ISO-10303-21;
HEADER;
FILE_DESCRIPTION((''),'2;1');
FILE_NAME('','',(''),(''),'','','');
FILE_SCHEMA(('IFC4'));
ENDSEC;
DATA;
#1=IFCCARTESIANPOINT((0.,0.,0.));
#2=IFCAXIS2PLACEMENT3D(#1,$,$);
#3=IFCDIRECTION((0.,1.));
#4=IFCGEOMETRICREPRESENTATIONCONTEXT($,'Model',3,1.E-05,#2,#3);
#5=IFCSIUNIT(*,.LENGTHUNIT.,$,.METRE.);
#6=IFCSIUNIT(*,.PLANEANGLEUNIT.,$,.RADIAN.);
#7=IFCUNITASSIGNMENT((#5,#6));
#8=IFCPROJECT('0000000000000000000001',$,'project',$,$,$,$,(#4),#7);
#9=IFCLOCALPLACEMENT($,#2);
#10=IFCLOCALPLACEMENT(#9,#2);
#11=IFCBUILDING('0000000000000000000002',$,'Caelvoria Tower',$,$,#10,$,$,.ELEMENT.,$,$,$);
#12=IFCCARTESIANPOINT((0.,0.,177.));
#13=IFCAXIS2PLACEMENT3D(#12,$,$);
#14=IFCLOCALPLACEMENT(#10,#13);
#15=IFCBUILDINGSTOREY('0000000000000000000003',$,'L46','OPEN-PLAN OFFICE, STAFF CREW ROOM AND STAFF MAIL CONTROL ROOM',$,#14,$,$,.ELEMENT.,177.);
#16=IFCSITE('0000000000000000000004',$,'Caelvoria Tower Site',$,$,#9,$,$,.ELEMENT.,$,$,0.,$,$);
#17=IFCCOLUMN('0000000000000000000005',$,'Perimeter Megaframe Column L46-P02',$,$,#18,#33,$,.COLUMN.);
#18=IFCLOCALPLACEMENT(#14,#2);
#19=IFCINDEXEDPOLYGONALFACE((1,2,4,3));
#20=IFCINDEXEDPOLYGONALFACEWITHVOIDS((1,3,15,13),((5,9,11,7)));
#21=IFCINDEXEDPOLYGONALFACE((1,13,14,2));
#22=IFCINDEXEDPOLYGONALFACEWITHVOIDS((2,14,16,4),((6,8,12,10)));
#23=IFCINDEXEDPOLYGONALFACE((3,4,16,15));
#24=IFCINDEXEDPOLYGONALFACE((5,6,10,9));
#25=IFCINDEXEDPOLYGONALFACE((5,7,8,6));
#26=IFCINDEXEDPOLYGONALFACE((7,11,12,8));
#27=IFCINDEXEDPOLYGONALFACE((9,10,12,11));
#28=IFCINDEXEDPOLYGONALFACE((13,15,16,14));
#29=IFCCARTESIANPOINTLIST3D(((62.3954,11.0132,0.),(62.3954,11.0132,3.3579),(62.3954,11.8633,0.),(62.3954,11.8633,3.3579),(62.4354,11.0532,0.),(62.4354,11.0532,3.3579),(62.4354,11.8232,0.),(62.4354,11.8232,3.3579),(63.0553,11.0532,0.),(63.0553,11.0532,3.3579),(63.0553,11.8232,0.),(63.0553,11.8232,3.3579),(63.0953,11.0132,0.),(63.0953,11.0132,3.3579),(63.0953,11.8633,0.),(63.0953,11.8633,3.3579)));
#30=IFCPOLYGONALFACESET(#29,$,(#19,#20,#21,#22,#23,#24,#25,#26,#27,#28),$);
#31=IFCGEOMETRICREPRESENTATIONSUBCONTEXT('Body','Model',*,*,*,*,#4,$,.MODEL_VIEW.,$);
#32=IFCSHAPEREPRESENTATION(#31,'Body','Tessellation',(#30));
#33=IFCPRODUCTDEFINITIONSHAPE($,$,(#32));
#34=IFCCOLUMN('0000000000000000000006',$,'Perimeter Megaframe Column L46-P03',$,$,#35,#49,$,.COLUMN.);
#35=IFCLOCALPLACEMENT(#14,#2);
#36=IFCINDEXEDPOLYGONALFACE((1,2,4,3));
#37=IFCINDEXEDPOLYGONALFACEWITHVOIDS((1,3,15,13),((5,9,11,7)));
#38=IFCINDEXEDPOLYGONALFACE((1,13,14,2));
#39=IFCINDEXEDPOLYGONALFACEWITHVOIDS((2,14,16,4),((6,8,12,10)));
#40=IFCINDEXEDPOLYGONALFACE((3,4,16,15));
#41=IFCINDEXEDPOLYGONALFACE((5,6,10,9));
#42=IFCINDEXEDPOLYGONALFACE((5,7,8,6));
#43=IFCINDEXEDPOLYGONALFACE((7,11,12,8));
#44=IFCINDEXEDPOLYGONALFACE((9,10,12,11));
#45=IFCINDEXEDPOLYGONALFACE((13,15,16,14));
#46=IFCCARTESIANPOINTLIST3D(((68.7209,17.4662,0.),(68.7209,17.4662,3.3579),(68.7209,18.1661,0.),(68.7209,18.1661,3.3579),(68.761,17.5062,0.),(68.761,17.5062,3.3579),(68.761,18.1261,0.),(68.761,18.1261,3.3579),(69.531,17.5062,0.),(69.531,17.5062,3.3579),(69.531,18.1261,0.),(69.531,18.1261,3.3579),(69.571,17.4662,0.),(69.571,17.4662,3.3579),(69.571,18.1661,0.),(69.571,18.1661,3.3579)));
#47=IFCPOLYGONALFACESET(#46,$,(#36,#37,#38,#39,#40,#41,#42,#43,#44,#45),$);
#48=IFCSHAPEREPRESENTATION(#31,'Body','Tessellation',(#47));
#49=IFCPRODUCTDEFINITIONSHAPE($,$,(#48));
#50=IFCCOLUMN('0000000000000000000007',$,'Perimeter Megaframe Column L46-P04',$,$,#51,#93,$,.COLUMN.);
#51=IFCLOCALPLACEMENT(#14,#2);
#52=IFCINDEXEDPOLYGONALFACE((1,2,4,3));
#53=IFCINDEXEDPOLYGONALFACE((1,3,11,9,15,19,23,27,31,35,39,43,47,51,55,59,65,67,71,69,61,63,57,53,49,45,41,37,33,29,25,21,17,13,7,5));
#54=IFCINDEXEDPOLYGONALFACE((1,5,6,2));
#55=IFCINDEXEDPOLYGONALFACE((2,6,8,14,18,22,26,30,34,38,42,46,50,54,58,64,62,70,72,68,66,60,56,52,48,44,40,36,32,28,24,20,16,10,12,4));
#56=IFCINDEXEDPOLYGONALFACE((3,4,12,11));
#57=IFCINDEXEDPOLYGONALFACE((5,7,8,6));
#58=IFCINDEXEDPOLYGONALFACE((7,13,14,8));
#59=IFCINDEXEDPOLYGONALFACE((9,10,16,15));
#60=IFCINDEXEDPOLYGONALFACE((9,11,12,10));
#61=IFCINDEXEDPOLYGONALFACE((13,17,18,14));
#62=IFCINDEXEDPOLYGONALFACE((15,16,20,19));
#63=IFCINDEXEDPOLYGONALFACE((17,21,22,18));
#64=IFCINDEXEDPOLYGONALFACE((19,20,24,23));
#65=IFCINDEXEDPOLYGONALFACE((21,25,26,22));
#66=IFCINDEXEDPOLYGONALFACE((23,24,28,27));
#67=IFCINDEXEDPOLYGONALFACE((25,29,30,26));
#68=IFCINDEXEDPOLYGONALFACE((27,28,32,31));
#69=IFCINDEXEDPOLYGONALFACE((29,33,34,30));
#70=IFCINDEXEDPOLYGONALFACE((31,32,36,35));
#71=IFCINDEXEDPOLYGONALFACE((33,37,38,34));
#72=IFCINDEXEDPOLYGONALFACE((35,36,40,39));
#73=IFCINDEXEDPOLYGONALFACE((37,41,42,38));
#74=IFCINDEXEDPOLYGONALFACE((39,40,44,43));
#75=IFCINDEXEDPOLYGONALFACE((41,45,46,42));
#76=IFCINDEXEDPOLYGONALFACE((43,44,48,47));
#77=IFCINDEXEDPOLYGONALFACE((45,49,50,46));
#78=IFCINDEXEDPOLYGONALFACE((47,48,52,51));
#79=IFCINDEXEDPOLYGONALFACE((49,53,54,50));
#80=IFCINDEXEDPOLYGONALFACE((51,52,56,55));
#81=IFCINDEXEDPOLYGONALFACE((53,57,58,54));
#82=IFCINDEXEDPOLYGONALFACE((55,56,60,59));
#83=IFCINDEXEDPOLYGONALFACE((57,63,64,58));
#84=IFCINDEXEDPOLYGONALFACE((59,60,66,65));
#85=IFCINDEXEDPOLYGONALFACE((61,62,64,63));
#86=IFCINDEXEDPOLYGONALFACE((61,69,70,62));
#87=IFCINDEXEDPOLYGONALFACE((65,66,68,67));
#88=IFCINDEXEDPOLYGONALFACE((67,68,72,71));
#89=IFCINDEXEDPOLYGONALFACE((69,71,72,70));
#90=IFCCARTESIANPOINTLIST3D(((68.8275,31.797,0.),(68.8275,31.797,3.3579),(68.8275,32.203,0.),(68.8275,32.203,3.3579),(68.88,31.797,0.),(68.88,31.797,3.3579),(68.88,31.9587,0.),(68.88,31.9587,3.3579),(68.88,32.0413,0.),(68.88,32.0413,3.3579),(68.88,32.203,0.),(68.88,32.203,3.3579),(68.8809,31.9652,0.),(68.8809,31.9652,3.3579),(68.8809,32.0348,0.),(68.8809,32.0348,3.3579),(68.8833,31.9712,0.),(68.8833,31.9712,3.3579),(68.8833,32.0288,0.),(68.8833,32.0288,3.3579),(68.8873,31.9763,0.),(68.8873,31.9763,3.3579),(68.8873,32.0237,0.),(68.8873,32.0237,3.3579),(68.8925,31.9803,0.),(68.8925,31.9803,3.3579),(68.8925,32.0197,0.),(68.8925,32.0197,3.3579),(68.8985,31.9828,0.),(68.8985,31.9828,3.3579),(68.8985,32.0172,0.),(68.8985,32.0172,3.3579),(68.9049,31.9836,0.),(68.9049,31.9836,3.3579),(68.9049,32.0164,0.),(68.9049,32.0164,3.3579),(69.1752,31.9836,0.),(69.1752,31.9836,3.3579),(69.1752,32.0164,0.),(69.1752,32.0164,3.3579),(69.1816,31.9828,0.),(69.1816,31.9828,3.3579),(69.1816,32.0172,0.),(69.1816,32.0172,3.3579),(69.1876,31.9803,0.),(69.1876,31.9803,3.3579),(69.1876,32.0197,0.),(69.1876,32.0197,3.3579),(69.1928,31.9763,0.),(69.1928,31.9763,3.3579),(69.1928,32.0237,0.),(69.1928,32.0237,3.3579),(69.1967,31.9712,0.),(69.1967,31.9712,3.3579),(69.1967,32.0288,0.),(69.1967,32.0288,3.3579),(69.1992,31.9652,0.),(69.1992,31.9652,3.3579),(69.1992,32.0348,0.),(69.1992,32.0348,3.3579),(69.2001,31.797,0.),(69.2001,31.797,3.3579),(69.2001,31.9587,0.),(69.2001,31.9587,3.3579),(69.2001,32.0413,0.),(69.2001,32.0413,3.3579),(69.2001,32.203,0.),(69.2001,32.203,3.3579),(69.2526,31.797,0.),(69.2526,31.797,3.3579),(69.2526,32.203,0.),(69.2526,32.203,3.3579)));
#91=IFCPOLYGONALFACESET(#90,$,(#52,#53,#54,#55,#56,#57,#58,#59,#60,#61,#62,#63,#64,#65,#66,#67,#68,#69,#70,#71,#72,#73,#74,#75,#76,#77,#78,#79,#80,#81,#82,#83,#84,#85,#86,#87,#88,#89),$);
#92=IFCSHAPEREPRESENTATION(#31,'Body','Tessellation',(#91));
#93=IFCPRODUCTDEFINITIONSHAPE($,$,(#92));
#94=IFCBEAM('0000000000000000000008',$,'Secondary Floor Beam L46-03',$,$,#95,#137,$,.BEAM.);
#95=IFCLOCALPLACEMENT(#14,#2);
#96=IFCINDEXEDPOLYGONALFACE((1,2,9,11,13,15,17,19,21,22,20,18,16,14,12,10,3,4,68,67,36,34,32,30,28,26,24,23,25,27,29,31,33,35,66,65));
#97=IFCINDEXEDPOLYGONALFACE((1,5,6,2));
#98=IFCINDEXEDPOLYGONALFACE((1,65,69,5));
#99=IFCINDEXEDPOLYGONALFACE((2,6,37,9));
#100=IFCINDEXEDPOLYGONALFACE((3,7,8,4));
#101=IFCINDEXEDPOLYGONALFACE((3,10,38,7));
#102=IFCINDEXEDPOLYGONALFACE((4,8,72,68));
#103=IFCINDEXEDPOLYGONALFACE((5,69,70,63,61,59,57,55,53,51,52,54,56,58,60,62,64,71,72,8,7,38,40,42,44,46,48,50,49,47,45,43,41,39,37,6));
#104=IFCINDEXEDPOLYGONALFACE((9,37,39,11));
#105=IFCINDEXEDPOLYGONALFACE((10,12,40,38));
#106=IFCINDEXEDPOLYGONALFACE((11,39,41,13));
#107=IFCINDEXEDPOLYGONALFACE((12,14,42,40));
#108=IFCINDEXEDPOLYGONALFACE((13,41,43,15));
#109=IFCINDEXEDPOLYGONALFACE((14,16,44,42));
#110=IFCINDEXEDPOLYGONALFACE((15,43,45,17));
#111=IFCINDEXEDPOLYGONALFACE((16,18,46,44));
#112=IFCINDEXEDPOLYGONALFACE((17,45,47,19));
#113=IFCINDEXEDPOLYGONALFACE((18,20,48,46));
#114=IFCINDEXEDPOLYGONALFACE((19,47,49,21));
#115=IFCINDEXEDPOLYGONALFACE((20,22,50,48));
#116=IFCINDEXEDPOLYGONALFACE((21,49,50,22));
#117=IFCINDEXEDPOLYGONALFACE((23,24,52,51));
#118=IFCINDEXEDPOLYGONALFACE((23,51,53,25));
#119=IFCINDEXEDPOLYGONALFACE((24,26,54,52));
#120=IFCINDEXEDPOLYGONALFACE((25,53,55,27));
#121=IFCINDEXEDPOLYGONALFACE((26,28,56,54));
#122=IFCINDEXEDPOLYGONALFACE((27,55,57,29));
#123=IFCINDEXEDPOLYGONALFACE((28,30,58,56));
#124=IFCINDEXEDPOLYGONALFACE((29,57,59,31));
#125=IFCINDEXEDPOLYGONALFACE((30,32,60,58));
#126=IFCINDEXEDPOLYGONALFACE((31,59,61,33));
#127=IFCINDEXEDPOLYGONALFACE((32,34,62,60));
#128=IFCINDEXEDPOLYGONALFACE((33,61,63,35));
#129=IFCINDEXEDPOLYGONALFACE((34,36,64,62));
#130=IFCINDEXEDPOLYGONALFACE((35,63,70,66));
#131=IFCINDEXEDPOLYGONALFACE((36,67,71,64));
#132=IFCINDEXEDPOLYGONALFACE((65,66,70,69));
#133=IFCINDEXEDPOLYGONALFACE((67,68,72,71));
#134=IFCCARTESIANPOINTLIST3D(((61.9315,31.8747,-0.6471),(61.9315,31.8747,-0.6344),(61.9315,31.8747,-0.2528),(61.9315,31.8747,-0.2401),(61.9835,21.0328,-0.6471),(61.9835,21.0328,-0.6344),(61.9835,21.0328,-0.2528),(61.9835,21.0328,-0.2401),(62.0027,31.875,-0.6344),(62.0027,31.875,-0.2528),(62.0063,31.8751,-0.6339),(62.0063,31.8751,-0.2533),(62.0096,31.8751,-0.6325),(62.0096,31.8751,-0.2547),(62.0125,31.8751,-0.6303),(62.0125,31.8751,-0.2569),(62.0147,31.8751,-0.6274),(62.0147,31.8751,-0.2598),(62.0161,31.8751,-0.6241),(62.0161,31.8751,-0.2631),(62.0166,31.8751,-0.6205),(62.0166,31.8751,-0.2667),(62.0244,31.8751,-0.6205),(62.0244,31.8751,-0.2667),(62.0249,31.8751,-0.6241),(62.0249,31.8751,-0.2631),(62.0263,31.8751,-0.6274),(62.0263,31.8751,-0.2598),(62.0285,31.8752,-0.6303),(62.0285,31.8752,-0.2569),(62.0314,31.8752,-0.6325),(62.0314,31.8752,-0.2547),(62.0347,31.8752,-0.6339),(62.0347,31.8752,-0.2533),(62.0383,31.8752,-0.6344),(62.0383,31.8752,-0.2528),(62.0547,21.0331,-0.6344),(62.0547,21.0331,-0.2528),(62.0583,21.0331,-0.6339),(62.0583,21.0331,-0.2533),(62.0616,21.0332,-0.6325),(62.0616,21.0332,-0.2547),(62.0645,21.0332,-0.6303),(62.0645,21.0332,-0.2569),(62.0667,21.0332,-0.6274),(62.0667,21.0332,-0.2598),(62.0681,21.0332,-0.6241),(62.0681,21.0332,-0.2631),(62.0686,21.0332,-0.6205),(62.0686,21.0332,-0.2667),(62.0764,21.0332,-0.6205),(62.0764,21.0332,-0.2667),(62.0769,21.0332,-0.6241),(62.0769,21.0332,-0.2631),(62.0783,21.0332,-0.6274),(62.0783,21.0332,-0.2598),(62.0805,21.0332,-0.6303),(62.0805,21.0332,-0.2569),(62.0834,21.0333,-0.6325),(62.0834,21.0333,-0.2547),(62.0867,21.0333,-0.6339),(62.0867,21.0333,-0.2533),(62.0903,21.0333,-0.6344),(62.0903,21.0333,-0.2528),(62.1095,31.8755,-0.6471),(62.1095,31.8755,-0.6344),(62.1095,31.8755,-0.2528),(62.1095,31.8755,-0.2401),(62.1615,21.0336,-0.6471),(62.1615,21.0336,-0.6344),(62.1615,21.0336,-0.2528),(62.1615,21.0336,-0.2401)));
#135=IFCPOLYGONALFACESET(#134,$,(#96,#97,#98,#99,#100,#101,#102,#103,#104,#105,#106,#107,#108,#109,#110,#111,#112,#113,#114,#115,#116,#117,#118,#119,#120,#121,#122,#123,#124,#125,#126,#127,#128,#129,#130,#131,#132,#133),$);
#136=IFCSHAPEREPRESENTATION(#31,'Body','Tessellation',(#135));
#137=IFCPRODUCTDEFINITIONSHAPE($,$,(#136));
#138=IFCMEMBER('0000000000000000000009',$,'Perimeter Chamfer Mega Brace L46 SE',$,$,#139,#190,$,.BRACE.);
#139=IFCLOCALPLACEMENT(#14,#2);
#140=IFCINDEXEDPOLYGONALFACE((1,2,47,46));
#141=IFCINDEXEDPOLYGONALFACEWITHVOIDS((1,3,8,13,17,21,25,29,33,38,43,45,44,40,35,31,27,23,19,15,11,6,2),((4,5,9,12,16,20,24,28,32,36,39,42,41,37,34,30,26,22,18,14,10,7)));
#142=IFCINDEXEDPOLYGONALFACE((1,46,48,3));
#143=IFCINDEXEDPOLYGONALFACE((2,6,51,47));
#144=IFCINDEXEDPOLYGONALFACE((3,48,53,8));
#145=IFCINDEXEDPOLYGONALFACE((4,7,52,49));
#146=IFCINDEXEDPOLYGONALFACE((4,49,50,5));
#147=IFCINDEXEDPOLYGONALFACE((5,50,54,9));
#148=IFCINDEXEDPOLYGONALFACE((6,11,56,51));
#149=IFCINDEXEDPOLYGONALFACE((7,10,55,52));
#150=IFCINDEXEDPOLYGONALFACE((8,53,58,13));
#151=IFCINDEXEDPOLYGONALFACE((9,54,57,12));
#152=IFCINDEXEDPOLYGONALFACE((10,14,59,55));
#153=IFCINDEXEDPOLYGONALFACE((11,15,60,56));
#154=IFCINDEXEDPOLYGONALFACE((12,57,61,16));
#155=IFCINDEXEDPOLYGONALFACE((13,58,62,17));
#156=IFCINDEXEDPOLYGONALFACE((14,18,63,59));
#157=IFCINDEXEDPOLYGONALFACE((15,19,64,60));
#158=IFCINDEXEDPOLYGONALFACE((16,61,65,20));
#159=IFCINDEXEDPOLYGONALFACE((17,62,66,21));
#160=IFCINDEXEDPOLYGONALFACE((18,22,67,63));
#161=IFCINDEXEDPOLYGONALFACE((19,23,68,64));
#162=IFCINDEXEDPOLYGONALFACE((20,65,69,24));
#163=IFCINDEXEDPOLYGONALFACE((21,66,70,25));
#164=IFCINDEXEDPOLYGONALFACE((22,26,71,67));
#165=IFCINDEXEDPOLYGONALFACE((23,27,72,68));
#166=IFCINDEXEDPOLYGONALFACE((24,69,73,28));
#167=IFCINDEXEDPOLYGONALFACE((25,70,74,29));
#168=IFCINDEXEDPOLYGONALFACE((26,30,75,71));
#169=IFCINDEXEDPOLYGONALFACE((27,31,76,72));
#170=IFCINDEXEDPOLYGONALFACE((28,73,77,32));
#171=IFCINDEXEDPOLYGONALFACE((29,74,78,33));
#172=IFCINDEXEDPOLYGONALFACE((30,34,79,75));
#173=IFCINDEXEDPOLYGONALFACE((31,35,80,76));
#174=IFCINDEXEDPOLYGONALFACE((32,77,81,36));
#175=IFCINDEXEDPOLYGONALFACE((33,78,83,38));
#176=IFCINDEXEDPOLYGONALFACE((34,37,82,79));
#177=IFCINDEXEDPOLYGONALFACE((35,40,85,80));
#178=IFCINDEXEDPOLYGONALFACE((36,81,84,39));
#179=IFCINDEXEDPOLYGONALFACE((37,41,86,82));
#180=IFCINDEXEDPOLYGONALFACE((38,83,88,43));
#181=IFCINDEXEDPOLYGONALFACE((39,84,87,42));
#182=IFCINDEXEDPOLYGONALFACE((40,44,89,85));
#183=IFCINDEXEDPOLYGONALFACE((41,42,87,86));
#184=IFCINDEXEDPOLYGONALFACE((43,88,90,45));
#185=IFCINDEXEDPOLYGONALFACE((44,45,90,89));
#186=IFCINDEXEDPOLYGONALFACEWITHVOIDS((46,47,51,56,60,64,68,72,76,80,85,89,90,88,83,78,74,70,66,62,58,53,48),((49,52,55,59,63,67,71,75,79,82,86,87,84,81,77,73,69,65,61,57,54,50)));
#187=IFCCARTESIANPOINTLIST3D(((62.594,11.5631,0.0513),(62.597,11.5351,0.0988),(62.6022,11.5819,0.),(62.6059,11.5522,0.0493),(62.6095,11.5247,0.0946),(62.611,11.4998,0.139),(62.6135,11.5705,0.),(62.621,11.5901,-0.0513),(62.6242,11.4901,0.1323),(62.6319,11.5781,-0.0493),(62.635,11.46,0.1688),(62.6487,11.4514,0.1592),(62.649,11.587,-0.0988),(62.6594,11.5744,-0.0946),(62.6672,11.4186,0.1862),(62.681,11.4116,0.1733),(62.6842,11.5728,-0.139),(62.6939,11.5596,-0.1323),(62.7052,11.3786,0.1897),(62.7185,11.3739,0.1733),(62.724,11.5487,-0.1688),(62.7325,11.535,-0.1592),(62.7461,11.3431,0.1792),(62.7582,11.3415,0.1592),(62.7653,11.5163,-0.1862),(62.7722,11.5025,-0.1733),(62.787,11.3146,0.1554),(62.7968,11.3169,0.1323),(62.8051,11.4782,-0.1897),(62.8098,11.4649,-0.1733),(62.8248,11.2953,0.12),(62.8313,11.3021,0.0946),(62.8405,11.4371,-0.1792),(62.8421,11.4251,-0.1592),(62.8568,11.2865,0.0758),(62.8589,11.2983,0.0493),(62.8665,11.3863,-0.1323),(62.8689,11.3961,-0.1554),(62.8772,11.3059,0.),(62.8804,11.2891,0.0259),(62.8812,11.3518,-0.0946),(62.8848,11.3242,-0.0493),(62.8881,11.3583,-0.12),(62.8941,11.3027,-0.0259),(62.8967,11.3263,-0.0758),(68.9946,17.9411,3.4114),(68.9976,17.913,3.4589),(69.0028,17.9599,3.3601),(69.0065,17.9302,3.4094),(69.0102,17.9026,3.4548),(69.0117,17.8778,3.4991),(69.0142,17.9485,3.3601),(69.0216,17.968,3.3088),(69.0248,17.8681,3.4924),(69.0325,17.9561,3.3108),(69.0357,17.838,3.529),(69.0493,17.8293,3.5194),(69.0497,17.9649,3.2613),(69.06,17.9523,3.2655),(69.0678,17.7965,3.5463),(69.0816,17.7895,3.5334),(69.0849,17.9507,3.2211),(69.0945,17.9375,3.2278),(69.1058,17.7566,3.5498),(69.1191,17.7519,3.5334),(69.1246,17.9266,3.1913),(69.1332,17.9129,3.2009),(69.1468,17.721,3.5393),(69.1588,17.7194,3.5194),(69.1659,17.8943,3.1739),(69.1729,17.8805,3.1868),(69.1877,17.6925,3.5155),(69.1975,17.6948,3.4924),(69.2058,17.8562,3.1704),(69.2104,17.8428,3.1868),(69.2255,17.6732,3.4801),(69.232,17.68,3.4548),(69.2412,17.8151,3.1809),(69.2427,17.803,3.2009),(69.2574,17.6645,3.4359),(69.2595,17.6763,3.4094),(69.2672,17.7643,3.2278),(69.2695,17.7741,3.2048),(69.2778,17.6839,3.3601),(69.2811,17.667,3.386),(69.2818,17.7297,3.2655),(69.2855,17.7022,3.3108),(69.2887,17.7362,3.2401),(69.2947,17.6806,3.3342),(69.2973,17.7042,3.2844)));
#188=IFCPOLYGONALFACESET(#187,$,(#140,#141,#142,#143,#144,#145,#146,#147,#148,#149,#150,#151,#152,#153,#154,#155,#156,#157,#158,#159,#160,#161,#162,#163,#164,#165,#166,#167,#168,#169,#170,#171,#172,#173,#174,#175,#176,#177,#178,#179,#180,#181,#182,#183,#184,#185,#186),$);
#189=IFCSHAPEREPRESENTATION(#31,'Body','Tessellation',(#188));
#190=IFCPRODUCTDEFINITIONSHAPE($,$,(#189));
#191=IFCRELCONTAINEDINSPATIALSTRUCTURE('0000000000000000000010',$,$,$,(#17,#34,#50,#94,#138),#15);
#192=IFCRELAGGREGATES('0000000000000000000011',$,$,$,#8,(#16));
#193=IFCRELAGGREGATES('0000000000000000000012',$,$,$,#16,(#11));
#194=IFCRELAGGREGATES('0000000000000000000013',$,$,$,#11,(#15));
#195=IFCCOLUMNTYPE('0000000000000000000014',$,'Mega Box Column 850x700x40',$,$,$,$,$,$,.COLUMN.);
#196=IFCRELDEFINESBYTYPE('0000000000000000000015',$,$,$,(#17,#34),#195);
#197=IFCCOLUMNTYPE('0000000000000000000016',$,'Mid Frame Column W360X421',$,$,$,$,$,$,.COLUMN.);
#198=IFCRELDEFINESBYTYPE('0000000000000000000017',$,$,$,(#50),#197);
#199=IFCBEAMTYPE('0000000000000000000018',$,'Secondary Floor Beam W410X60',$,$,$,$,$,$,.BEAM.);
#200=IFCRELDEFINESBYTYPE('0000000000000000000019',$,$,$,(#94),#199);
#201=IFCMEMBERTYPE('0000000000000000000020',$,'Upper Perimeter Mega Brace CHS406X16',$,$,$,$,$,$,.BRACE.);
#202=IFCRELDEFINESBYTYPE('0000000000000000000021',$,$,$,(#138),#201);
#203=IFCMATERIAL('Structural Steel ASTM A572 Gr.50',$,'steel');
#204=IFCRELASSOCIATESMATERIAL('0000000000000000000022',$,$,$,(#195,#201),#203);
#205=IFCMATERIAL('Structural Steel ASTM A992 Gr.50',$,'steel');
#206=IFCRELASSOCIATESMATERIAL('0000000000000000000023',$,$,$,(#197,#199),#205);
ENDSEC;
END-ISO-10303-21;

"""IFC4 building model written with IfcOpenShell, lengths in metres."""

from ifc_helpers import new_model, si_unit, direction, frame, origin, origin_2d, place, context, subcontext, project, spatial, hollow_rectangle, hollow_circle, i_section, extrude, material, material_profile, profile_set, type_object, element, save


model = new_model("IFC4")

# Units and contexts
model_context = context("Model", 3, precision=1e-05, world=origin(), true_north=direction((0.0, 1.0)))
body_context = subcontext(model_context, "Body", "Model", "MODEL_VIEW")
ifc_project = project(units=[si_unit("LENGTHUNIT", "METRE"), si_unit("PLANEANGLEUNIT", "RADIAN")], contexts=[model_context])

# Site, building, storey
site_placement = place(None, origin())
site = spatial("IfcSite", under=ifc_project, at=site_placement, Name="Caelvoria Tower Site", CompositionType="ELEMENT", RefElevation=0.0)
building_placement = place(site_placement, origin())
building = spatial("IfcBuilding", under=site, at=building_placement, Name="Caelvoria Tower", CompositionType="ELEMENT")
storey_placement = place(building_placement, frame((0.0, 0.0, 177.0)))
storey = spatial("IfcBuildingStorey", under=building, at=storey_placement, Name="L46", Description="OPEN-PLAN OFFICE, STAFF CREW ROOM AND STAFF MAIL CONTROL ROOM", CompositionType="ELEMENT", Elevation=177.0)

# Columns
ifc_material_1 = material(Name="Structural Steel ASTM A572 Gr.50", Category="steel")
ifc_material_profile_1 = material_profile(ifc_material_1, hollow_rectangle(XDim=0.7, YDim=0.8501, WallThickness=0.04, at=origin_2d()), Name="Structural Steel ASTM A572 Gr.50")
ifc_profile_set_1 = profile_set([ifc_material_profile_1], Name="BOX850X700X40 - Structural Steel ASTM A572 Gr.50")
column_type_1 = type_object("IfcColumnType", Name="Mega Box Column 850x700x40", PredefinedType="COLUMN", material=ifc_profile_set_1)
for number, where, z_axis, x_axis, name in (
    (1, (62.7454, 11.4382, 0.0), (0.0, 0.0, 1.0), (1.0, 0.0, 0.0), "Perimeter Megaframe Column L46-P02"),
    (2, (69.146, 17.8162, 0.0), (0.0, 0.0, 1.0), (0.0, 1.0, 0.0), "Perimeter Megaframe Column L46-P03"),
):
    element("IfcColumn", number, at=place(storey_placement, frame(where, z_axis=z_axis, x_axis=x_axis)), inside=storey, type_object=column_type_1, Name=name, PredefinedType="COLUMN", context=body_context, shape_type="SweptSolid", body=[
        extrude(hollow_rectangle(XDim=0.7, YDim=0.8501, WallThickness=0.04, at=origin_2d()), origin(), (0.0, 0.0, 1.0), 3.3579),
    ])
ifc_material_2 = material(Name="Structural Steel ASTM A992 Gr.50", Category="steel")
ifc_material_profile_2 = material_profile(ifc_material_2, i_section(OverallWidth=0.406, OverallDepth=0.425, WebThickness=0.0327, FlangeThickness=0.0525, FilletRadius=0.0249, at=origin_2d()), Name="Structural Steel ASTM A992 Gr.50")
ifc_profile_set_2 = profile_set([ifc_material_profile_2], Name="W360X421 - Structural Steel ASTM A992 Gr.50")
column_type_2 = type_object("IfcColumnType", Name="Mid Frame Column W360X421", PredefinedType="COLUMN", material=ifc_profile_set_2)
column_placement = place(storey_placement, frame((69.04, 32.0, 0.0), z_axis=(0.0, 0.0, 1.0), x_axis=(0.0, 1.0, 0.0)))
element("IfcColumn", 3, at=column_placement, inside=storey, type_object=column_type_2, Name="Perimeter Megaframe Column L46-P04", PredefinedType="COLUMN", context=body_context, shape_type="SweptSolid", body=[
    extrude(i_section(OverallWidth=0.406, OverallDepth=0.425, WebThickness=0.0327, FlangeThickness=0.0525, FilletRadius=0.0249, at=origin_2d()), origin(), (0.0, 0.0, 1.0), 3.3579),
])

# Beam
ifc_material_profile_3 = material_profile(ifc_material_2, i_section(OverallWidth=0.178, OverallDepth=0.407, WebThickness=0.0078, FlangeThickness=0.0127, FilletRadius=0.0139, at=origin_2d()), Name="Structural Steel ASTM A992 Gr.50")
ifc_profile_set_3 = profile_set([ifc_material_profile_3], Name="W410X60 - Structural Steel ASTM A992 Gr.50")
beam_type_1 = type_object("IfcBeamType", Name="Secondary Floor Beam W410X60", PredefinedType="BEAM", material=ifc_profile_set_3)
beam_1_placement = place(storey_placement, frame((62.0725, 21.0332, -0.4436), z_axis=(-0.004796, 0.999988, 0.0), x_axis=(-0.999988, -0.004796, 0.0)))
element("IfcBeam", 4, at=beam_1_placement, inside=storey, type_object=beam_type_1, Name="Secondary Floor Beam L46-03", PredefinedType="BEAM", context=body_context, shape_type="SweptSolid", body=[
    extrude(i_section(OverallWidth=0.178, OverallDepth=0.407, WebThickness=0.0078, FlangeThickness=0.0127, FilletRadius=0.0139, at=origin_2d()), origin(), (0.0, 0.0, 1.0), 10.842),
])

# Member
ifc_material_profile_4 = material_profile(ifc_material_1, hollow_circle(Radius=0.2029, WallThickness=0.0161, at=origin_2d()), Name="Structural Steel ASTM A572 Gr.50")
ifc_profile_set_4 = profile_set([ifc_material_profile_4], Name="CHS406X16 - Structural Steel ASTM A572 Gr.50")
member_type = type_object("IfcMemberType", Name="Upper Perimeter Mega Brace CHS406X16", PredefinedType="BRACE", material=ifc_profile_set_4)
member_placement = place(storey_placement, frame((62.7454, 11.4382, 0.0), z_axis=(0.663942, 0.661587, 0.348546), x_axis=(-0.705849, 0.708362, 0.0)))
element("IfcMember", 5, at=member_placement, inside=storey, type_object=member_type, Name="Perimeter Chamfer Mega Brace L46 SE", PredefinedType="BRACE", context=body_context, shape_type="SweptSolid", body=[
    extrude(hollow_circle(Radius=0.2029, WallThickness=0.0161, at=origin_2d()), origin(), (0.0, 0.0, 1.0), 9.6404),
])

save(model, "model.ifc")
